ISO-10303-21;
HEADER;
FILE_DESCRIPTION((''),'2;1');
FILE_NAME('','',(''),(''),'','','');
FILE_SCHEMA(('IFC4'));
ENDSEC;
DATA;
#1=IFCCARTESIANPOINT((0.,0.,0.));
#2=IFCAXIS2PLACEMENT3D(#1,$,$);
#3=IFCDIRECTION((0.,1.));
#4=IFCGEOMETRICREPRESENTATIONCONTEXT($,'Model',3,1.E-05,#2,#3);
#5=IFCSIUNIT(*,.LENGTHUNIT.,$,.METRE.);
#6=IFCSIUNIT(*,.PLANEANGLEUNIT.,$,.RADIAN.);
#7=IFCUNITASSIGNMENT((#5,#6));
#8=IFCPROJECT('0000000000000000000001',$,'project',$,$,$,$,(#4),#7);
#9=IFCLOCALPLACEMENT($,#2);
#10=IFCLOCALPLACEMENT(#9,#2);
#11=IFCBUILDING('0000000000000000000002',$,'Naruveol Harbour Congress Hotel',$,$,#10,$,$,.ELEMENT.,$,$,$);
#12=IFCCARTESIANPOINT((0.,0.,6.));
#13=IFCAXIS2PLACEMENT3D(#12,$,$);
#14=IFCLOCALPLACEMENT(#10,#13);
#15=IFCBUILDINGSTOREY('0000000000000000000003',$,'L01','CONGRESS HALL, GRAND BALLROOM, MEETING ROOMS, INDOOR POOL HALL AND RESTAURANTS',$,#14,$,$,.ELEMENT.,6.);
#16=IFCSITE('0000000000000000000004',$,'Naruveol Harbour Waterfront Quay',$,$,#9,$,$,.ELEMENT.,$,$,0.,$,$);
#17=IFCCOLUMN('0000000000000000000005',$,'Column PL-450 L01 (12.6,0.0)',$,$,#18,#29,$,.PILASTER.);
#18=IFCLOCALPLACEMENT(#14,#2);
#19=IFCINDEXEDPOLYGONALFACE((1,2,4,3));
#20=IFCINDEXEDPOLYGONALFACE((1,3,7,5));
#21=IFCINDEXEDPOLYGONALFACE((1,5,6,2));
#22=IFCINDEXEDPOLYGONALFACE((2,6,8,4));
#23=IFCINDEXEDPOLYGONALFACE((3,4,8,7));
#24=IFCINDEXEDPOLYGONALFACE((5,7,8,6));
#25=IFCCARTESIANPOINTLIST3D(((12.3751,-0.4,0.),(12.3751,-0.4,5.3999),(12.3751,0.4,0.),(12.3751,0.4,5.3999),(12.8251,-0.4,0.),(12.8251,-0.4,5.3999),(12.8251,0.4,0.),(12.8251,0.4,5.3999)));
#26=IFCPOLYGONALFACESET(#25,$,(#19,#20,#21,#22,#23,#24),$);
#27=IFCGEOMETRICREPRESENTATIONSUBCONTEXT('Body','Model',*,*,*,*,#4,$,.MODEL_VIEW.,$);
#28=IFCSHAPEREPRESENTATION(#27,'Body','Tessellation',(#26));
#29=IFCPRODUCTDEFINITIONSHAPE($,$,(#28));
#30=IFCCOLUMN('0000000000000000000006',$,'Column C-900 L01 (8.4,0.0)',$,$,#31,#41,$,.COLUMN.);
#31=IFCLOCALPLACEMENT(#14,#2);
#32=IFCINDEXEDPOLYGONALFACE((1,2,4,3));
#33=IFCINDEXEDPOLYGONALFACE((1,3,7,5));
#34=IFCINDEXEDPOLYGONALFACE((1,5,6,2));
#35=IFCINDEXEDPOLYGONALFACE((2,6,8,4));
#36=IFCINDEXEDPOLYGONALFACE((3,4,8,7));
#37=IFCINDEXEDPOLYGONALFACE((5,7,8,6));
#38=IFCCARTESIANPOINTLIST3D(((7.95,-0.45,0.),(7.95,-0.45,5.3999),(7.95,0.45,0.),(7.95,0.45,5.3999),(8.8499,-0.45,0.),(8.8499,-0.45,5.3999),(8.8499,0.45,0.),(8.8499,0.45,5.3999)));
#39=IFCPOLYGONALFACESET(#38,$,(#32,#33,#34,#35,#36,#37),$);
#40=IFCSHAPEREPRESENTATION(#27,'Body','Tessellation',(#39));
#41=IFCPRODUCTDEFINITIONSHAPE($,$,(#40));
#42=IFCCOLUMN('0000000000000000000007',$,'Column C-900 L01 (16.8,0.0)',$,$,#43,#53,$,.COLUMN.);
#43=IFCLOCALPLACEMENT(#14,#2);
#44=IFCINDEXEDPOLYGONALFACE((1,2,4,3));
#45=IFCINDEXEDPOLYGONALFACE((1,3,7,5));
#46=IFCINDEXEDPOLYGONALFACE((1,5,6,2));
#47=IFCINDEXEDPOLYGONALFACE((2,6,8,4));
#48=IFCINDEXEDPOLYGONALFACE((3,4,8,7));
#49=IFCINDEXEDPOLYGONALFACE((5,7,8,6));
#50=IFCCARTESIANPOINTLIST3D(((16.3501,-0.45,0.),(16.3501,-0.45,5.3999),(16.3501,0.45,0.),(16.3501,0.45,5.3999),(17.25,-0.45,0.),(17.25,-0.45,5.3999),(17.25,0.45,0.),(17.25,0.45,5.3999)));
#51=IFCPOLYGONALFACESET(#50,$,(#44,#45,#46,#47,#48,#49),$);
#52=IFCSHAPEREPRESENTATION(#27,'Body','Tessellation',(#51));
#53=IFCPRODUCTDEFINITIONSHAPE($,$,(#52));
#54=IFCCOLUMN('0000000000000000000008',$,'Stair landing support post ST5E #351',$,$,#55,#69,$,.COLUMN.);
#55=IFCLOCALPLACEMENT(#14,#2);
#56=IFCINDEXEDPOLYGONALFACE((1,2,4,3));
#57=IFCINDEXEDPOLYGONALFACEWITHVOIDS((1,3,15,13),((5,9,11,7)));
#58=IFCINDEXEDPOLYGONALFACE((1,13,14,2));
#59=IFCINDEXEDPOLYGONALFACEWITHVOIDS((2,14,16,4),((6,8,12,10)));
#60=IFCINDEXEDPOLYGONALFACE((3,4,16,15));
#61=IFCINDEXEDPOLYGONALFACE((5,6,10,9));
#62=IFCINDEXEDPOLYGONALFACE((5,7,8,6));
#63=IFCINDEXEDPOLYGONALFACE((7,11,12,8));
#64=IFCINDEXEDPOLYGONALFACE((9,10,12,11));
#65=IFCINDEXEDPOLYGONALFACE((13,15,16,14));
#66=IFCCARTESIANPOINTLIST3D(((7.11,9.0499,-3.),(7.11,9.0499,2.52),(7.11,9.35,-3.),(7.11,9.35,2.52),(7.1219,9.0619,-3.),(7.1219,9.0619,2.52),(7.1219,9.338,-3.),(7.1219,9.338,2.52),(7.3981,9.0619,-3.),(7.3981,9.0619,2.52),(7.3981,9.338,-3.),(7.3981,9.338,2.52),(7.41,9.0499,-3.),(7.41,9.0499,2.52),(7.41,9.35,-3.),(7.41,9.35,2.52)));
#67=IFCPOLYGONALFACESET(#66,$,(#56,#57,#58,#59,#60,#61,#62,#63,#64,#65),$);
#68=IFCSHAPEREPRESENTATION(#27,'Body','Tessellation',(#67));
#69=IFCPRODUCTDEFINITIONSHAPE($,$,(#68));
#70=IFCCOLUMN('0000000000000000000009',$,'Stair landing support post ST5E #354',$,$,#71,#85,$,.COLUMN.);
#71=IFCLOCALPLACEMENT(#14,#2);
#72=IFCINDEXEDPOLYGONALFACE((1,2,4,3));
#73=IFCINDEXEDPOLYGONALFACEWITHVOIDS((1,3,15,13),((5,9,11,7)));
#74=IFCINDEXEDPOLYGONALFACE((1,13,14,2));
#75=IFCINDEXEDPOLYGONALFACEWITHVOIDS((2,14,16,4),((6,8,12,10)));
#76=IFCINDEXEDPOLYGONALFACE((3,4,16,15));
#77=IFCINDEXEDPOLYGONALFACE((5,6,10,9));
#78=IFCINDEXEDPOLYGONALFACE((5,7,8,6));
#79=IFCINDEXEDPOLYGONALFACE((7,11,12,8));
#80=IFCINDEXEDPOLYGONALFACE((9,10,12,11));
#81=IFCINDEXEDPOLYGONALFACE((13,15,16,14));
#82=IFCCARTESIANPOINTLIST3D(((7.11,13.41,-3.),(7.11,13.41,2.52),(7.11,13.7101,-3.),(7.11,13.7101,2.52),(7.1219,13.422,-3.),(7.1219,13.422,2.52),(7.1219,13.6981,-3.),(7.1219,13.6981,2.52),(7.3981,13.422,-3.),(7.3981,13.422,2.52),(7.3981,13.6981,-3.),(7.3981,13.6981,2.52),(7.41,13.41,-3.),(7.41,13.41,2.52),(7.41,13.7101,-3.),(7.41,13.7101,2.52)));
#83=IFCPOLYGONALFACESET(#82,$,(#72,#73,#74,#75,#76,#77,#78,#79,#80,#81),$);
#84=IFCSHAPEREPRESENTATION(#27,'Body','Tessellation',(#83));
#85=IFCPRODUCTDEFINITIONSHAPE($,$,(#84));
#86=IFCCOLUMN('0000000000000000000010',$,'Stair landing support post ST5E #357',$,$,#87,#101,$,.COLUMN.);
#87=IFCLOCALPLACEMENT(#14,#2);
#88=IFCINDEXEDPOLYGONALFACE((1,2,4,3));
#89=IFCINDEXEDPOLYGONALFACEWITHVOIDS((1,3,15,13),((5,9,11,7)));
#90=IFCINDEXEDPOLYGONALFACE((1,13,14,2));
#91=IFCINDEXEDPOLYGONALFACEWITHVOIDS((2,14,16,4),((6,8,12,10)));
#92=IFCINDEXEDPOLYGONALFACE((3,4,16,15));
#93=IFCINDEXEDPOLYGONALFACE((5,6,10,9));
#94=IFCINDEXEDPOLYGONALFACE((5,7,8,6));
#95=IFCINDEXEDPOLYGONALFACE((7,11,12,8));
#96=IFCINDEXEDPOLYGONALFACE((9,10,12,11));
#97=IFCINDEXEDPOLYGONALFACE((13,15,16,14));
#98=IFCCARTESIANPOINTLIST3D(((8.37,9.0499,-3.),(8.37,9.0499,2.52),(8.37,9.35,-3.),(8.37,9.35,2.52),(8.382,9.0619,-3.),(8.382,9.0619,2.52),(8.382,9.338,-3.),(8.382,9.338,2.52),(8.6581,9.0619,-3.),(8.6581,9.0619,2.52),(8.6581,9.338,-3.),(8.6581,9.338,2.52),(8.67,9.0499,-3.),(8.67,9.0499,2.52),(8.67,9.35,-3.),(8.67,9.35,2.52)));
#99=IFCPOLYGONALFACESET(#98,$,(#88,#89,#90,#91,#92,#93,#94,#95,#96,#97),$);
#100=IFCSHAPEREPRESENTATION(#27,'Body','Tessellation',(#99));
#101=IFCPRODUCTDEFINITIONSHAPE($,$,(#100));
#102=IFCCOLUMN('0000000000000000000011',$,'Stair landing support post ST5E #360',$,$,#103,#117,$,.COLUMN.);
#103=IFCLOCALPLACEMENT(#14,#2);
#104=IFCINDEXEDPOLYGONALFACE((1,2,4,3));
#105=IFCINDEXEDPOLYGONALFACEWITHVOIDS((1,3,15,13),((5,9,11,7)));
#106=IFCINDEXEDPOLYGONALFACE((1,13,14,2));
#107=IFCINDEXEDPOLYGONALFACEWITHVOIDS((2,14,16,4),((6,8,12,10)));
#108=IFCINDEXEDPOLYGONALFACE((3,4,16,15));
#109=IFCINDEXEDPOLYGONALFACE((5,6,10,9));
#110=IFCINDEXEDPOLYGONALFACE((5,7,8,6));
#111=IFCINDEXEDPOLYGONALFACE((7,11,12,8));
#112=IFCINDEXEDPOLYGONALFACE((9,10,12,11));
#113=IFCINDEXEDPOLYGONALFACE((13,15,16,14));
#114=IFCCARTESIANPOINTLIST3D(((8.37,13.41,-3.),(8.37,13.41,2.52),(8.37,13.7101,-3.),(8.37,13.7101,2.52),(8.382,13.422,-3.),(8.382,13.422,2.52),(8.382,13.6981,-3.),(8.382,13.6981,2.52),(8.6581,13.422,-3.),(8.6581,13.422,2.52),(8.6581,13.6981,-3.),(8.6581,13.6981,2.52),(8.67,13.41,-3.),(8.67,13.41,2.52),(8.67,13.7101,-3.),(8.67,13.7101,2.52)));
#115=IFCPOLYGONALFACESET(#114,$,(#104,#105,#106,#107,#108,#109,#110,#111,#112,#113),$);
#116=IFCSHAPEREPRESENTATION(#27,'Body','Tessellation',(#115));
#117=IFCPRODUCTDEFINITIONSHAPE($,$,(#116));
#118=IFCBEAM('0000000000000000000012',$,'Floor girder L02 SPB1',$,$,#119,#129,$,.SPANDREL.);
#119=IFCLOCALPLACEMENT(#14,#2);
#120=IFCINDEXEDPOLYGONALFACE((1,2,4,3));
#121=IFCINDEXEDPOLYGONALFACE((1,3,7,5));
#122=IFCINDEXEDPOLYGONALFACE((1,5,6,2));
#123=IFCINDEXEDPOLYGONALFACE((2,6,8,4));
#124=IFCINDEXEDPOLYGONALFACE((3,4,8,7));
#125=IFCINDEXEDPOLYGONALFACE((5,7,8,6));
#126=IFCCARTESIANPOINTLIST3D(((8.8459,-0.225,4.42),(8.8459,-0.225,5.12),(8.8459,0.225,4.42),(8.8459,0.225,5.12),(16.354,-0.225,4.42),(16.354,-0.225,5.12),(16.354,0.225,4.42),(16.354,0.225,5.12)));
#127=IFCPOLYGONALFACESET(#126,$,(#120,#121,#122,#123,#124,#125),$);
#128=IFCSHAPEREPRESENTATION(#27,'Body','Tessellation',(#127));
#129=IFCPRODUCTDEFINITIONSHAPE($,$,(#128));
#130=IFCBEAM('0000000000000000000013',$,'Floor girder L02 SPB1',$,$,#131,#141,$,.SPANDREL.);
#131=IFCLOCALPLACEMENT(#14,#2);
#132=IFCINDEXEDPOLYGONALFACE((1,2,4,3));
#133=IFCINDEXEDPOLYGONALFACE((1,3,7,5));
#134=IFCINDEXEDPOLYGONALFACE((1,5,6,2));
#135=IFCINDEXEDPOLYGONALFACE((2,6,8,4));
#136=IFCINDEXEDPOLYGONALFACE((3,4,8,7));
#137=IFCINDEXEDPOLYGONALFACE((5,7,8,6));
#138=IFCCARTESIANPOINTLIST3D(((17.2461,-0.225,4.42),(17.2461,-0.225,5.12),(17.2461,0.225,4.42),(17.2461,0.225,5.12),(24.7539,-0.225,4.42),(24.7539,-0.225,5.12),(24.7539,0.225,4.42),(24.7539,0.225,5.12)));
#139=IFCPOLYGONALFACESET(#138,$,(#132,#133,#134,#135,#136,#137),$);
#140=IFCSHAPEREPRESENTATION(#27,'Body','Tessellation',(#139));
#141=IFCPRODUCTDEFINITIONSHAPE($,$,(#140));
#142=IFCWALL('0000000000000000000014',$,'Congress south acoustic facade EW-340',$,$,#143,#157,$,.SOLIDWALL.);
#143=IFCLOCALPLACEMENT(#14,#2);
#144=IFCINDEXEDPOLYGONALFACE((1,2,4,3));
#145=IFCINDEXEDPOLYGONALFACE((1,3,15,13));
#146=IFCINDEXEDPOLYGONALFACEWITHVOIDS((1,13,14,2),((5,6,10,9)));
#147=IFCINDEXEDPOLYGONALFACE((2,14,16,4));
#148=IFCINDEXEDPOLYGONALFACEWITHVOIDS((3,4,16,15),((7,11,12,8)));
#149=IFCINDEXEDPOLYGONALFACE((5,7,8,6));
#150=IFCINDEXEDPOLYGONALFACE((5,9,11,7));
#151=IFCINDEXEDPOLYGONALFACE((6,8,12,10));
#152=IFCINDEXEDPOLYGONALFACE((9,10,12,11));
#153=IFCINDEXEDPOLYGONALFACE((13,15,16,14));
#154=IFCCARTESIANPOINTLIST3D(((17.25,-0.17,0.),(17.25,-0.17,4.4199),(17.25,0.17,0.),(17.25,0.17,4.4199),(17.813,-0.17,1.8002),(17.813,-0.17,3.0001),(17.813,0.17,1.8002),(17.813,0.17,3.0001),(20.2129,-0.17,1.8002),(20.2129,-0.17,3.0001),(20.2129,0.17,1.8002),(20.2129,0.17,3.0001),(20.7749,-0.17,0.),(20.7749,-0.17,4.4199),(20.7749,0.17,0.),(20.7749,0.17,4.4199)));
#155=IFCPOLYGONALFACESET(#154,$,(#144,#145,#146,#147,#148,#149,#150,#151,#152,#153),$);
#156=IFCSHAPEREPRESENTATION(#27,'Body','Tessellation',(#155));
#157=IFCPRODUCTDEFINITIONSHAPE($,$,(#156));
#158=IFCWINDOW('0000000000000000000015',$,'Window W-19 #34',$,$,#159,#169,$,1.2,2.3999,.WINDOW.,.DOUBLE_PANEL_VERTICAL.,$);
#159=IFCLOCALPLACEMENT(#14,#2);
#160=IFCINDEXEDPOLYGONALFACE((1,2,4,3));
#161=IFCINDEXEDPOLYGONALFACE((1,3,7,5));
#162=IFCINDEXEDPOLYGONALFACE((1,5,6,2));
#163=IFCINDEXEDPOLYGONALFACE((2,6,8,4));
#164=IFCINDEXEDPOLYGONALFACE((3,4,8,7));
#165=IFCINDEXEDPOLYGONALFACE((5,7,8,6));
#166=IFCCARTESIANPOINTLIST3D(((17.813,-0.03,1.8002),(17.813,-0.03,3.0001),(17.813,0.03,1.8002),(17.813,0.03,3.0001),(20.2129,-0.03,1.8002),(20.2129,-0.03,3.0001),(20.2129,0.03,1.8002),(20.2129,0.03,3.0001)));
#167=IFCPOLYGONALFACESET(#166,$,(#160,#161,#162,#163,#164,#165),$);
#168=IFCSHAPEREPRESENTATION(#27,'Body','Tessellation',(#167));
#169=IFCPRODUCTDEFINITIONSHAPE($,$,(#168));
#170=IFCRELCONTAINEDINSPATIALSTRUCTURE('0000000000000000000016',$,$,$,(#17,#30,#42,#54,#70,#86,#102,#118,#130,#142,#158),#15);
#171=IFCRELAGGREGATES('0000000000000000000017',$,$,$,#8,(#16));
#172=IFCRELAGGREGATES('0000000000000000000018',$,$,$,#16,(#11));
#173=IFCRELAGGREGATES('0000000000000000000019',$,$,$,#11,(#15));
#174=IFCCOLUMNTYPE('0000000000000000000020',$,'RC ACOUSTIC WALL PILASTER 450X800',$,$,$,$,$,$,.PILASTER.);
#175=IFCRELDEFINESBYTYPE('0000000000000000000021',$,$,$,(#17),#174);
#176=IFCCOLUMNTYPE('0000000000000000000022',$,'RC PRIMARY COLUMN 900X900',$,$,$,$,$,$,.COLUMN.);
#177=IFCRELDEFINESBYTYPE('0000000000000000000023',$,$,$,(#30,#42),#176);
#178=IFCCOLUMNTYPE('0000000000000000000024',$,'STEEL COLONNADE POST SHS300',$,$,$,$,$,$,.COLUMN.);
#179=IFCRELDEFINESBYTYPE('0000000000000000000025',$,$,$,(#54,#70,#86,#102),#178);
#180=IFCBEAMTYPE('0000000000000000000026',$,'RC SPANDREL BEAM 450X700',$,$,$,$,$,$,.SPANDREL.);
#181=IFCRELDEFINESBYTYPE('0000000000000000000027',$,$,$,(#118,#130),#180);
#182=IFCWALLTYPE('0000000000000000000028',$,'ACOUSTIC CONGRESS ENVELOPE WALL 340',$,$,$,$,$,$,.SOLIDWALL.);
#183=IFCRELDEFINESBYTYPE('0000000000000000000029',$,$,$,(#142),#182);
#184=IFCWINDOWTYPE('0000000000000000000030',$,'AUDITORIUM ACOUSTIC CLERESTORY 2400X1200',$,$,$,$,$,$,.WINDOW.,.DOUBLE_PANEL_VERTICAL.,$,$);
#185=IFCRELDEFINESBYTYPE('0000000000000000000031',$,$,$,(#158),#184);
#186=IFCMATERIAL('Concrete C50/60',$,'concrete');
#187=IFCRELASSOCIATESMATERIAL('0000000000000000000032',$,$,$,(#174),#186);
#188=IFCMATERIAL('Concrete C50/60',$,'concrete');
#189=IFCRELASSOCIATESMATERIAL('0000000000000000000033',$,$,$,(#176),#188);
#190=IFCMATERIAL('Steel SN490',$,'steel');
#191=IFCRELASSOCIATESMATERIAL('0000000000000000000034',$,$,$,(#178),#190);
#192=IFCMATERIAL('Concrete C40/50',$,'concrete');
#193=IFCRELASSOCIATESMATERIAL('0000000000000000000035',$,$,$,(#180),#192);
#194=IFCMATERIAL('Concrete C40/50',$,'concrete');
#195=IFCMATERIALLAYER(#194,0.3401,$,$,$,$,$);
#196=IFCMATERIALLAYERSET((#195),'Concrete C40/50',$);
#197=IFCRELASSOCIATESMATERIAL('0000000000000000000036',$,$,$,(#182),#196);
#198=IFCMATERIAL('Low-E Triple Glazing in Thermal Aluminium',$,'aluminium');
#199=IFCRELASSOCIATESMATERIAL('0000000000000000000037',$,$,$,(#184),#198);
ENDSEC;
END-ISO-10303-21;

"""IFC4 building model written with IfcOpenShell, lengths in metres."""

from ifc_helpers import new_model, si_unit, direction, frame, frame_2d, origin, origin_2d, place, context, subcontext, project, spatial, rectangle, hollow_rectangle, extrude, material, layer, layer_set, material_profile, profile_set, type_object, element, fill, save


model = new_model("IFC4")

# Units and contexts
model_context = context("Model", 3, precision=1e-05, world=origin(), true_north=direction((0.0, 1.0)))
body_context = subcontext(model_context, "Body", "Model", "MODEL_VIEW")
ifc_project = project(units=[si_unit("LENGTHUNIT", "METRE"), si_unit("PLANEANGLEUNIT", "RADIAN")], contexts=[model_context])

# Site, building, storey
site_placement = place(None, origin())
site = spatial("IfcSite", under=ifc_project, at=site_placement, Name="Naruveol Harbour Waterfront Quay", CompositionType="ELEMENT", RefElevation=0.0)
building_placement = place(site_placement, origin())
building = spatial("IfcBuilding", under=site, at=building_placement, Name="Naruveol Harbour Congress Hotel", CompositionType="ELEMENT")
storey_placement = place(building_placement, frame((0.0, 0.0, 6.0)))
storey = spatial("IfcBuildingStorey", under=building, at=storey_placement, Name="L01", Description="CONGRESS HALL, GRAND BALLROOM, MEETING ROOMS, INDOOR POOL HALL AND RESTAURANTS", CompositionType="ELEMENT", Elevation=6.0)

# Columns
ifc_material_1 = material(Name="Concrete C50/60", Category="concrete")
ifc_material_profile_1 = material_profile(ifc_material_1, rectangle(XDim=0.45, YDim=0.8, at=origin_2d()), Name="RC-450x800")
ifc_profile_set_1 = profile_set([ifc_material_profile_1], Name="Concrete C50/60")
column_type_1 = type_object("IfcColumnType", Name="RC ACOUSTIC WALL PILASTER 450X800", PredefinedType="PILASTER", material=ifc_profile_set_1)
column_placement = place(storey_placement, frame((12.6001, 0.0, 0.0), z_axis=(0.0, 0.0, 1.0), x_axis=(1.0, 0.0, 0.0)))
element("IfcColumn", 1, at=column_placement, inside=storey, type_object=column_type_1, Name="Column PL-450 L01 (12.6,0.0)", PredefinedType="PILASTER", context=body_context, shape_type="SweptSolid", body=[
    extrude(rectangle(XDim=0.45, YDim=0.8, at=origin_2d()), origin(), (0.0, 0.0, 1.0), 5.3999),
])
ifc_material_2 = material(Name="Concrete C50/60", Category="concrete")
ifc_material_profile_2 = material_profile(ifc_material_2, rectangle(XDim=0.8999, YDim=0.8999, at=origin_2d()), Name="RC-900x900")
ifc_profile_set_2 = profile_set([ifc_material_profile_2], Name="Concrete C50/60")
column_type_2 = type_object("IfcColumnType", Name="RC PRIMARY COLUMN 900X900", PredefinedType="COLUMN", material=ifc_profile_set_2)
for number, where, z_axis, x_axis, name in (
    (2, (8.3999, 0.0, 0.0), (0.0, 0.0, 1.0), (1.0, 0.0, 0.0), "Column C-900 L01 (8.4,0.0)"),
    (3, (16.8, 0.0, 0.0), (0.0, 0.0, 1.0), (1.0, 0.0, 0.0), "Column C-900 L01 (16.8,0.0)"),
):
    element("IfcColumn", number, at=place(storey_placement, frame(where, z_axis=z_axis, x_axis=x_axis)), inside=storey, type_object=column_type_2, Name=name, PredefinedType="COLUMN", context=body_context, shape_type="SweptSolid", body=[
        extrude(rectangle(XDim=0.8999, YDim=0.8999, at=origin_2d()), origin(), (0.0, 0.0, 1.0), 5.3999),
    ])
ifc_material_3 = material(Name="Steel SN490", Category="steel")
ifc_material_profile_3 = material_profile(ifc_material_3, hollow_rectangle(XDim=0.3, YDim=0.3, WallThickness=0.012, at=origin_2d()), Name="SHS-300x300x12")
ifc_profile_set_3 = profile_set([ifc_material_profile_3], Name="Steel SN490")
column_type_3 = type_object("IfcColumnType", Name="STEEL COLONNADE POST SHS300", PredefinedType="COLUMN", material=ifc_profile_set_3)
for number, where, z_axis, x_axis, name in (
    (4, (7.26, 9.2, -3.0), (0.0, 0.0, 1.0), (1.0, 0.0, 0.0), "Stair landing support post ST5E #351"),
    (5, (7.26, 13.5601, -3.0), (0.0, 0.0, 1.0), (1.0, 0.0, 0.0), "Stair landing support post ST5E #354"),
    (6, (8.52, 9.2, -3.0), (0.0, 0.0, 1.0), (1.0, 0.0, 0.0), "Stair landing support post ST5E #357"),
    (7, (8.52, 13.5601, -3.0), (0.0, 0.0, 1.0), (1.0, 0.0, 0.0), "Stair landing support post ST5E #360"),
):
    element("IfcColumn", number, at=place(storey_placement, frame(where, z_axis=z_axis, x_axis=x_axis)), inside=storey, type_object=column_type_3, Name=name, PredefinedType="COLUMN", context=body_context, shape_type="SweptSolid", body=[
        extrude(hollow_rectangle(XDim=0.3, YDim=0.3, WallThickness=0.012, at=origin_2d()), origin(), (0.0, 0.0, 1.0), 5.52),
    ])

# Beams
ifc_material_4 = material(Name="Concrete C40/50", Category="concrete")
ifc_material_profile_4 = material_profile(ifc_material_4, rectangle(XDim=0.45, YDim=0.7, at=origin_2d()), Name="RCB-450x700")
ifc_profile_set_4 = profile_set([ifc_material_profile_4], Name="Concrete C40/50")
beam_type = type_object("IfcBeamType", Name="RC SPANDREL BEAM 450X700", PredefinedType="SPANDREL", material=ifc_profile_set_4)
beam_1_placement = place(storey_placement, frame((8.8459, 0.0, 4.77), z_axis=(1.0, 0.0, 0.0), x_axis=(0.0, 1.0, 0.0)))
element("IfcBeam", 8, at=beam_1_placement, inside=storey, type_object=beam_type, Name="Floor girder L02 SPB1", PredefinedType="SPANDREL", context=body_context, shape_type="SweptSolid", body=[
    extrude(rectangle(XDim=0.45, YDim=0.7, at=origin_2d()), origin(), (0.0, 0.0, 1.0), 7.5081),
])
beam_2_placement = place(storey_placement, frame((17.2461, 0.0, 4.77), z_axis=(1.0, 0.0, 0.0), x_axis=(0.0, 1.0, 0.0)))
element("IfcBeam", 9, at=beam_2_placement, inside=storey, type_object=beam_type, Name="Floor girder L02 SPB1", PredefinedType="SPANDREL", context=body_context, shape_type="SweptSolid", body=[
    extrude(rectangle(XDim=0.45, YDim=0.7, at=origin_2d()), origin(), (0.0, 0.0, 1.0), 7.5078),
])

# Wall, opening, window
ifc_material_5 = material(Name="Concrete C40/50", Category="concrete")
ifc_layer_1 = layer(ifc_material_5, 0.3401)
ifc_layer_set_1 = layer_set([ifc_layer_1], Name="Concrete C40/50")
wall_type_1 = type_object("IfcWallType", Name="ACOUSTIC CONGRESS ENVELOPE WALL 340", PredefinedType="SOLIDWALL", material=ifc_layer_set_1)
wall_1_placement = place(storey_placement, frame((20.7749, 0.0, 0.0), z_axis=(0.0, 0.0, 1.0), x_axis=(-1.0, 0.0, 0.0)))
wall_1 = element("IfcWall", 10, at=wall_1_placement, inside=storey, type_object=wall_type_1, Name="Congress south acoustic facade EW-340", PredefinedType="SOLIDWALL", context=body_context, shape_type="SweptSolid", body=[
    extrude(rectangle(XDim=3.5249, YDim=0.3401, at=frame_2d((1.7625, 0.0))), origin(), (0.0, 0.0, 1.0), 4.4199),
])
opening_1_placement = place(wall_1_placement, frame((0.562, 0.0, 1.8)))
opening_1 = element("IfcOpeningElement", 11, at=opening_1_placement, cuts=wall_1, PredefinedType="OPENING", context=body_context, shape_type="SweptSolid", body=[
    extrude(rectangle(XDim=2.3999, YDim=1.2, at=frame_2d((1.2, 0.6001))), frame((0.0, 0.1799, 0.0), z_axis=(0.0, -1.0, 0.0), x_axis=(1.0, 0.0, 0.0)), (0.0, 0.0, 1.0), 0.3601),
])
ifc_material_6 = material(Name="Low-E Triple Glazing in Thermal Aluminium", Category="aluminium")
window_type = type_object("IfcWindowType", Name="AUDITORIUM ACOUSTIC CLERESTORY 2400X1200", PartitioningType="DOUBLE_PANEL_VERTICAL", PredefinedType="WINDOW", material=ifc_material_6)
window_1_placement = place(opening_1_placement, origin())
window_1 = element("IfcWindow", 12, at=window_1_placement, inside=storey, type_object=window_type, Name="Window W-19 #34", OverallHeight=1.2, OverallWidth=2.3999, PartitioningType="DOUBLE_PANEL_VERTICAL", PredefinedType="WINDOW", context=body_context, shape_type="SweptSolid", body=[
    extrude(rectangle(XDim=2.3999, YDim=1.2, at=frame_2d((1.2, 0.6001))), frame((0.0, 0.03, 0.0), z_axis=(0.0, -1.0, 0.0), x_axis=(1.0, 0.0, 0.0)), (0.0, 0.0, 1.0), 0.0601),
])
fill(opening_1, window_1)

save(model, "model.ifc")
